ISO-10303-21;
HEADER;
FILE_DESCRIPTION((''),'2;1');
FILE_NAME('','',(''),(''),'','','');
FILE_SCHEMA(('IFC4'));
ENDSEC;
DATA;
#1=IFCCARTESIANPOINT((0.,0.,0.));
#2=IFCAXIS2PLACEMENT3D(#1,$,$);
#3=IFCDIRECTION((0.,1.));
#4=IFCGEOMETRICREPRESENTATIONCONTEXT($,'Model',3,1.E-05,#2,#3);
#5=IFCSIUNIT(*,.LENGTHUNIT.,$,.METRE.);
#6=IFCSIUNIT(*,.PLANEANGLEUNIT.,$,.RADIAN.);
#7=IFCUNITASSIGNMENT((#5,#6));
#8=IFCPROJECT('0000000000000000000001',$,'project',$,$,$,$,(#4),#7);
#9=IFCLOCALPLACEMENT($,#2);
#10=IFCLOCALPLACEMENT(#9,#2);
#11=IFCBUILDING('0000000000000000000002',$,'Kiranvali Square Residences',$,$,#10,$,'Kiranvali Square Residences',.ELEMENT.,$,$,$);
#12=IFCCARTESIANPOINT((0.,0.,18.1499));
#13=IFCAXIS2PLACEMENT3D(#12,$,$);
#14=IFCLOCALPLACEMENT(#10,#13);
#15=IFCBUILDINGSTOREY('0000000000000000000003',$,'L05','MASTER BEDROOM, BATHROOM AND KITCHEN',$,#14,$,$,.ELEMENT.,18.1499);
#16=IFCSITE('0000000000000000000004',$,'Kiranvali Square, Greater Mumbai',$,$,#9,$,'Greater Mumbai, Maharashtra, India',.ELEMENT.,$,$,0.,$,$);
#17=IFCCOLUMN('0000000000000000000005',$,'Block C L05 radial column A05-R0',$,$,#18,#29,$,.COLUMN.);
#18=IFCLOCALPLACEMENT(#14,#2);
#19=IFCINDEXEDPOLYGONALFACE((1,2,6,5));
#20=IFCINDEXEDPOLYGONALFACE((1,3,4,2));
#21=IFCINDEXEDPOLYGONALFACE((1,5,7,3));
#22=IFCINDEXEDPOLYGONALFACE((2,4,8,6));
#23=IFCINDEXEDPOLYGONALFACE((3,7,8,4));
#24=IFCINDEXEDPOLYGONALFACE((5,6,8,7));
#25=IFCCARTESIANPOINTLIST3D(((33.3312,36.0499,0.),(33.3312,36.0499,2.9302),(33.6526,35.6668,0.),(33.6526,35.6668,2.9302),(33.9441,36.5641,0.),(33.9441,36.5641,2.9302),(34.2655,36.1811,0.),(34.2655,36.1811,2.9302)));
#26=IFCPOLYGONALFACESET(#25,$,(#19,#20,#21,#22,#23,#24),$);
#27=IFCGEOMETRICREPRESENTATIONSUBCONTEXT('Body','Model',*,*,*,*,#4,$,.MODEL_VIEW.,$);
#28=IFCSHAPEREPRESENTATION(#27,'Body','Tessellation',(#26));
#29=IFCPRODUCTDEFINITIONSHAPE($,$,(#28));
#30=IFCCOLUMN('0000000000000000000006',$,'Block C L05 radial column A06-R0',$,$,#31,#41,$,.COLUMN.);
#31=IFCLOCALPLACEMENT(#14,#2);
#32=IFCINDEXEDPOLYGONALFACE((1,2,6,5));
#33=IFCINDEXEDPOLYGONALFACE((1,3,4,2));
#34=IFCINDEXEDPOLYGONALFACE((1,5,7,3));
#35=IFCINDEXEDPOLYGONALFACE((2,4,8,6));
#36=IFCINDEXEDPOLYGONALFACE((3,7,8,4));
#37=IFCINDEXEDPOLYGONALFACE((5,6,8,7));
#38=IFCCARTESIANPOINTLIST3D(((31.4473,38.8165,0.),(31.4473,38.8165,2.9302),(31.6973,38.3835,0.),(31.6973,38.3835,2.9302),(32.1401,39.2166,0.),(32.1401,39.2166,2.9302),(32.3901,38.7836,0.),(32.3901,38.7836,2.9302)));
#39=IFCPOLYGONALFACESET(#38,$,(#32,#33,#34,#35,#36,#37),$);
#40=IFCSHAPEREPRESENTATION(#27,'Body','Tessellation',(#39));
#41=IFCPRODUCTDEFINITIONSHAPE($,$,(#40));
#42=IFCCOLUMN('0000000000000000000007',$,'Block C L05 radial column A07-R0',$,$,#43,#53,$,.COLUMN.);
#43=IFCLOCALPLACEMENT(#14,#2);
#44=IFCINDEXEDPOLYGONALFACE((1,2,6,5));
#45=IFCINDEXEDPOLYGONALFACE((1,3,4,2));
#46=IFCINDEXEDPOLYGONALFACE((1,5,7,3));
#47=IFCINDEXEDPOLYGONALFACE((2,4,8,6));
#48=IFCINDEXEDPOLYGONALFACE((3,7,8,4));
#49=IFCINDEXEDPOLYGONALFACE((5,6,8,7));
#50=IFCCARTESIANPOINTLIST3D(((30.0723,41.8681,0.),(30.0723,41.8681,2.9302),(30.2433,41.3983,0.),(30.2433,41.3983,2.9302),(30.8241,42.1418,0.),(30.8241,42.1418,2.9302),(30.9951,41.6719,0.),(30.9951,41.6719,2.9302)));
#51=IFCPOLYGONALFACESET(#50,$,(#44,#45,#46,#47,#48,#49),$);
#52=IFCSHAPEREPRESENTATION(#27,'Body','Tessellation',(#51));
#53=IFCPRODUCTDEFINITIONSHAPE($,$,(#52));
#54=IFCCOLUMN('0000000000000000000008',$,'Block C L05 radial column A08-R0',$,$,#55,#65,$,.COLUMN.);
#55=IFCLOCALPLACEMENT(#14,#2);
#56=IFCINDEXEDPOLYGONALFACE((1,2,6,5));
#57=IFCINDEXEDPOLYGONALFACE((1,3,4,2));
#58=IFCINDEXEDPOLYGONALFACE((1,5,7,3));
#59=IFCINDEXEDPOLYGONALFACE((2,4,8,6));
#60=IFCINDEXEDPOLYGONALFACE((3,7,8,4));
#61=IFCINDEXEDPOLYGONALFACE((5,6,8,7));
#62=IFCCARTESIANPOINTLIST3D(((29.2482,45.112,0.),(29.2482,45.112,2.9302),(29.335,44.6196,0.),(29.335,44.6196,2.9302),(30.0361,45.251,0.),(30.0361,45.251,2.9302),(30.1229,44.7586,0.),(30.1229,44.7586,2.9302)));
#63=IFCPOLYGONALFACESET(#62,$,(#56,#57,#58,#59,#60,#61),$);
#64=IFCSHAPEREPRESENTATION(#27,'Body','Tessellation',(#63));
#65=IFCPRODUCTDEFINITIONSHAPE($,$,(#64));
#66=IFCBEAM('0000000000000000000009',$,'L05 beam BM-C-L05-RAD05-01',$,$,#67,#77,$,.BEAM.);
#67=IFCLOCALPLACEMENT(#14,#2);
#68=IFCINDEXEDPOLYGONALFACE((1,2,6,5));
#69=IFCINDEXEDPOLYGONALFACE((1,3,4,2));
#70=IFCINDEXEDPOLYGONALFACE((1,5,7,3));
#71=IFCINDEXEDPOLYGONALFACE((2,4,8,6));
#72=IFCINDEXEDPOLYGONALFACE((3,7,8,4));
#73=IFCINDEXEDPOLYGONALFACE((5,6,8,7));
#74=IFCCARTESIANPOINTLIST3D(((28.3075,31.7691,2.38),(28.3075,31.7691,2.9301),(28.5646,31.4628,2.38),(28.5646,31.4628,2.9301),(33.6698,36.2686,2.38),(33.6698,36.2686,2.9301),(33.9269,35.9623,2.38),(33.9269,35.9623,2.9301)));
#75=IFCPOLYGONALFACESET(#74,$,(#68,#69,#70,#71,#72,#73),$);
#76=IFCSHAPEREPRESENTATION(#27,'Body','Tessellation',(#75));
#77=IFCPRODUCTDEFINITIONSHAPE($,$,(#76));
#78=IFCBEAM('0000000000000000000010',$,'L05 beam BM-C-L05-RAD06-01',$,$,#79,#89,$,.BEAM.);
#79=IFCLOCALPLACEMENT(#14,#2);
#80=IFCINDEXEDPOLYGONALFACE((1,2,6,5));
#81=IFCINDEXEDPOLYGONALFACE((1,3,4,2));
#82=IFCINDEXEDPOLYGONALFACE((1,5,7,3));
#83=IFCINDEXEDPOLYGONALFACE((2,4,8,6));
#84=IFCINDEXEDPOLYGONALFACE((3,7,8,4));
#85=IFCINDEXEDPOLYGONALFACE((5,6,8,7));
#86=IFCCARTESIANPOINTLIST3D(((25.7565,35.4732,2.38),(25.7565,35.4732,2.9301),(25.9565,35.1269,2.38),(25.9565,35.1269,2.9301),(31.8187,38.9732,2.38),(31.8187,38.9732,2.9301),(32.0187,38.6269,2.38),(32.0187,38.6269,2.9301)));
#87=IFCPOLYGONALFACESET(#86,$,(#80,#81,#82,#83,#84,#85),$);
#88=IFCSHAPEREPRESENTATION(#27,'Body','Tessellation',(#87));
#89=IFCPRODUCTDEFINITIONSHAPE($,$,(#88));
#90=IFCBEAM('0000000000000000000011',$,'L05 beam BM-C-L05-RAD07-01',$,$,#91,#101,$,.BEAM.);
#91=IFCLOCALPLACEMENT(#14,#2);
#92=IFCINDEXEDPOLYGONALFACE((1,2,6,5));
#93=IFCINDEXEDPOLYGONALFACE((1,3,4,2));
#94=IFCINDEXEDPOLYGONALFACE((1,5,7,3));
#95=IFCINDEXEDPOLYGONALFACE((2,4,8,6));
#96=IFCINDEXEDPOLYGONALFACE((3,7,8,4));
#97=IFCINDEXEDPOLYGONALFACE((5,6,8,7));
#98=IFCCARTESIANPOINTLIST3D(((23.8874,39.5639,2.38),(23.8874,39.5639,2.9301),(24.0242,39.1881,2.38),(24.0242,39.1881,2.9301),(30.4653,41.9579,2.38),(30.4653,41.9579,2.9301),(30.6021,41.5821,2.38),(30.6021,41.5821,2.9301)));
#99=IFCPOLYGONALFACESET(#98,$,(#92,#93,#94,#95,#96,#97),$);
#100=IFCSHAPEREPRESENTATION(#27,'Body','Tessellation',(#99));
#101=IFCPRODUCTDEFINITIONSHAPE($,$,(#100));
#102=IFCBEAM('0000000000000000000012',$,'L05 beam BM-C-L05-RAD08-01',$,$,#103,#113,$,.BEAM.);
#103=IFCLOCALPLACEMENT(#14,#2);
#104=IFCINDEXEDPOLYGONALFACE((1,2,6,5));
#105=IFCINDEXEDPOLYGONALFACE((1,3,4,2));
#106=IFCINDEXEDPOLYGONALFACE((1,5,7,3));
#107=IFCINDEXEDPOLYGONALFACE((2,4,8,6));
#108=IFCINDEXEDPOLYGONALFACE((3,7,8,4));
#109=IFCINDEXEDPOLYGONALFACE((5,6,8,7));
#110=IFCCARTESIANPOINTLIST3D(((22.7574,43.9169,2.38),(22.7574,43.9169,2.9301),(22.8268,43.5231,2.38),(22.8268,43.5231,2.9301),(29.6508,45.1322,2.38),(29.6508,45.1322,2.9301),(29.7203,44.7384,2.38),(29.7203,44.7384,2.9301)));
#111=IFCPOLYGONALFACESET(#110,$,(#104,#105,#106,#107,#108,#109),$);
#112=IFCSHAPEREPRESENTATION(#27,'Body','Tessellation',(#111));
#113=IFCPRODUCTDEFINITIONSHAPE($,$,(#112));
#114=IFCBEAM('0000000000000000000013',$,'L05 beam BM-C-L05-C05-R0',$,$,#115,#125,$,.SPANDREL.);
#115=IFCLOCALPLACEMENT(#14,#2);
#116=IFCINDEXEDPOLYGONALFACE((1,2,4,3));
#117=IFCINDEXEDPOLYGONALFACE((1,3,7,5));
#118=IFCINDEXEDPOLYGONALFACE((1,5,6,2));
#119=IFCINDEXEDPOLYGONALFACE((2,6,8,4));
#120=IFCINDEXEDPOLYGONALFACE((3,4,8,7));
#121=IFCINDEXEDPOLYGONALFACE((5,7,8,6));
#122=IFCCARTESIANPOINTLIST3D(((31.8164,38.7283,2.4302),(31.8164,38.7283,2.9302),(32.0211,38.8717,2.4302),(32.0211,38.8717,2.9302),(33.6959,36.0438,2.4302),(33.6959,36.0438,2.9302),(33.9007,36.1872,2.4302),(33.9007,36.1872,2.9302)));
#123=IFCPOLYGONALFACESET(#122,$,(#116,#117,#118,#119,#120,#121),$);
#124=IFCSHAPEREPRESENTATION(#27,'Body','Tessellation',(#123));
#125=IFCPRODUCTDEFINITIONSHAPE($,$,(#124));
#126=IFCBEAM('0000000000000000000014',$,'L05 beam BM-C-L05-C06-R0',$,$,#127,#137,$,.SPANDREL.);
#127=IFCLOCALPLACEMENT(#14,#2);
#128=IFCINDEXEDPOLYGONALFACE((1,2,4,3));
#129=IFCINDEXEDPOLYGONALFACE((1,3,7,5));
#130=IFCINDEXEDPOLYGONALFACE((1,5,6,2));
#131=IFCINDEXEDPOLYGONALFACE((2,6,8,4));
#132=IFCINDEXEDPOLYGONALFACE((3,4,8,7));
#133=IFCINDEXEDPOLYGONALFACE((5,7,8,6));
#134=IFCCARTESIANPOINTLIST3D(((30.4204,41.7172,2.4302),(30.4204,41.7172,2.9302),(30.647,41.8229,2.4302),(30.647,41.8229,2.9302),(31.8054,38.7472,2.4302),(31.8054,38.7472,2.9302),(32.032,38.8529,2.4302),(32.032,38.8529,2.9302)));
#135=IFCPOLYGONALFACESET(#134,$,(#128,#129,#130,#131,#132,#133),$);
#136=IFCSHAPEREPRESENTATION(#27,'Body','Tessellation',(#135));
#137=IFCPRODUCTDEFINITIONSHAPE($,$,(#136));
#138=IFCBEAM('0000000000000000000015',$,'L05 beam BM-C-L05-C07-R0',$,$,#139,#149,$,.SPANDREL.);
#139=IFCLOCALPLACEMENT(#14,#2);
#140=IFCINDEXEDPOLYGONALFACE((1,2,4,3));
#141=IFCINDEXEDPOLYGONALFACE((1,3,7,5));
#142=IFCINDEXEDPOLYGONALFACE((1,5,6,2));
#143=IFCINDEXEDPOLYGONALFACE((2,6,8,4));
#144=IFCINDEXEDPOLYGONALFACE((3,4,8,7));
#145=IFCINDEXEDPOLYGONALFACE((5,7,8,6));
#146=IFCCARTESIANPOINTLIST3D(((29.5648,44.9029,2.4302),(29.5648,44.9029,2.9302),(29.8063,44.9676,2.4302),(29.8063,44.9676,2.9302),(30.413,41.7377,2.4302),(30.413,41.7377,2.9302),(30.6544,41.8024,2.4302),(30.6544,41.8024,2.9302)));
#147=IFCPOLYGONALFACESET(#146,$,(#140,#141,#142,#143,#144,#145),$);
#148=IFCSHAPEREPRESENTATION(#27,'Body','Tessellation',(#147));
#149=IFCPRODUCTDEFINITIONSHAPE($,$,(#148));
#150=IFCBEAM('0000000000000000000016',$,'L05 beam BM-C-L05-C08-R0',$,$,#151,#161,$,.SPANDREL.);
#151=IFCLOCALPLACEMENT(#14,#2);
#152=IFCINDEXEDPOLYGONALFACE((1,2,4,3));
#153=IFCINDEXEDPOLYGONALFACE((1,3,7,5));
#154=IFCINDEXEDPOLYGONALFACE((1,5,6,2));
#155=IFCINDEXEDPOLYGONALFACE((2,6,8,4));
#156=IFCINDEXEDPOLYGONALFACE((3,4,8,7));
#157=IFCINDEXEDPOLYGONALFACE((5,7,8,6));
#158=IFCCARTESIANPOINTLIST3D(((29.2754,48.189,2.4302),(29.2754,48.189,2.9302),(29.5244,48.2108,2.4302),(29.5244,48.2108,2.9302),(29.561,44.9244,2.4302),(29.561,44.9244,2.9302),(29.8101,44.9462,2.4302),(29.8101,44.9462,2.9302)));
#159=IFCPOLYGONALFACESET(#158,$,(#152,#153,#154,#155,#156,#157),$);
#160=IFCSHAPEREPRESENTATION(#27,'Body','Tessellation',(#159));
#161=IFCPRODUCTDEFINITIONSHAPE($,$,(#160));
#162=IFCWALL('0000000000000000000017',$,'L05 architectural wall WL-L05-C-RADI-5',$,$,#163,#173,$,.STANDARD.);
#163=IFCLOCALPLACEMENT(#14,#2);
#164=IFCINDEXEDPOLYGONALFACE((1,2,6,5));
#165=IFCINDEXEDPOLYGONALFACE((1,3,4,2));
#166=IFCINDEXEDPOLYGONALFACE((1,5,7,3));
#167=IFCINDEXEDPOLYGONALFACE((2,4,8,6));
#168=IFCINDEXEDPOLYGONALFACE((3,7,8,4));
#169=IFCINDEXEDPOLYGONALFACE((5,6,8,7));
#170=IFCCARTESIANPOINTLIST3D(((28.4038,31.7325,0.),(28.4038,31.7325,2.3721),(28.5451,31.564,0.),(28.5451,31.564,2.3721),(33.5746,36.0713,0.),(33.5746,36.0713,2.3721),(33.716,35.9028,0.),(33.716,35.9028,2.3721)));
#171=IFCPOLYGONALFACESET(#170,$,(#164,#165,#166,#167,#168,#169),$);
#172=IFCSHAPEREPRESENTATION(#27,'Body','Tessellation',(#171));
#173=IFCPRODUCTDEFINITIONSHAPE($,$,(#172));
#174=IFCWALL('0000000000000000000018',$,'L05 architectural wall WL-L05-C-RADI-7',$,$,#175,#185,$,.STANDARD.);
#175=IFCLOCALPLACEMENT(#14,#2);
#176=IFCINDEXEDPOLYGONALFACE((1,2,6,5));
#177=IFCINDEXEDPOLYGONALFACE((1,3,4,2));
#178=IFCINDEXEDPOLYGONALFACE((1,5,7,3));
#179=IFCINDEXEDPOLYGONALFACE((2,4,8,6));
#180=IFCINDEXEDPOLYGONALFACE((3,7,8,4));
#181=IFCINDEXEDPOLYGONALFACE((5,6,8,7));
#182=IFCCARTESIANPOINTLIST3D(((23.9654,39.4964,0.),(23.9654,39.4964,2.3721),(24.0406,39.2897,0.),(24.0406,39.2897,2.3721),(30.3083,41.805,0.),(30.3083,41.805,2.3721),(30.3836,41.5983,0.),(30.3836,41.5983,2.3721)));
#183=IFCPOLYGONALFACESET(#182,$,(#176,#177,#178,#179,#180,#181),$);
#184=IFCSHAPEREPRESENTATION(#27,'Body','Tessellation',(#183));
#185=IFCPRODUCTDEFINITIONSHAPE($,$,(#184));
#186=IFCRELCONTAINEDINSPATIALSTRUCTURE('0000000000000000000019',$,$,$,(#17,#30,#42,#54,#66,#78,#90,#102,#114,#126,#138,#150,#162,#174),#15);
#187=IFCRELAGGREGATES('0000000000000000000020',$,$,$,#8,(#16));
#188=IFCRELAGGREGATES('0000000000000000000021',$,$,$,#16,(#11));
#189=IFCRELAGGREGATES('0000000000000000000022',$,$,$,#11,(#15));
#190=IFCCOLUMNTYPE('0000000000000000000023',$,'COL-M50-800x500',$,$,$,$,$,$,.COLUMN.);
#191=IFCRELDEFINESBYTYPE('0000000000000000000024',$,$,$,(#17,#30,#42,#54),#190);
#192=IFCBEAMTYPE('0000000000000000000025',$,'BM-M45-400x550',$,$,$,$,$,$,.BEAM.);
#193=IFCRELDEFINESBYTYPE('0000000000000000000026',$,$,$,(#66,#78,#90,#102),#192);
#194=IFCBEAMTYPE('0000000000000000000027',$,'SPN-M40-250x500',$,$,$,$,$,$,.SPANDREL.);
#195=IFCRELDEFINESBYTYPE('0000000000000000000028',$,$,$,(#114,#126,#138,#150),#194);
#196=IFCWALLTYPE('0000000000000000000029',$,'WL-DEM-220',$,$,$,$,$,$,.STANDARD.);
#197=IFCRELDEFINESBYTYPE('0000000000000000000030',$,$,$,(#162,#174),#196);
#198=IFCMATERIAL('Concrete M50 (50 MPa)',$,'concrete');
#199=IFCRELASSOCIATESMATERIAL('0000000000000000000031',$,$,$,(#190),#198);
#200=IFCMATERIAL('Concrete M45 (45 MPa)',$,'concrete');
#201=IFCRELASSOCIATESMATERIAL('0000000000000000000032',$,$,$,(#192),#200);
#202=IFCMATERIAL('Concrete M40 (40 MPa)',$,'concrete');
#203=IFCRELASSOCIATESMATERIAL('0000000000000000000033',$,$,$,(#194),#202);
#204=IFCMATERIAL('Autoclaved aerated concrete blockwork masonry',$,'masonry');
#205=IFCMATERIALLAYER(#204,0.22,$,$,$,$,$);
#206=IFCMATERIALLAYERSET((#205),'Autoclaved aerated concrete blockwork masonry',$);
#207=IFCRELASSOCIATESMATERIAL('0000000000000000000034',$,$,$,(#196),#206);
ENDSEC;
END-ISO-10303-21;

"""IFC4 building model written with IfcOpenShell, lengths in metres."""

from ifc_helpers import new_model, si_unit, direction, frame, frame_2d, origin, origin_2d, place, context, subcontext, project, spatial, rectangle, extrude, material, layer, layer_set, material_profile, profile_set, type_object, element, save


model = new_model("IFC4")

# Units and contexts
model_context = context("Model", 3, precision=1e-05, world=origin(), true_north=direction((0.0, 1.0)))
body_context = subcontext(model_context, "Body", "Model", "MODEL_VIEW")
ifc_project = project(units=[si_unit("LENGTHUNIT", "METRE"), si_unit("PLANEANGLEUNIT", "RADIAN")], contexts=[model_context])

# Site, building, storey
site_placement = place(None, origin())
site = spatial("IfcSite", under=ifc_project, at=site_placement, Name="Kiranvali Square, Greater Mumbai", LongName="Greater Mumbai, Maharashtra, India", CompositionType="ELEMENT", RefElevation=0.0)
building_placement = place(site_placement, origin())
building = spatial("IfcBuilding", under=site, at=building_placement, Name="Kiranvali Square Residences", LongName="Kiranvali Square Residences", CompositionType="ELEMENT")
storey_placement = place(building_placement, frame((0.0, 0.0, 18.1499)))
storey = spatial("IfcBuildingStorey", under=building, at=storey_placement, Name="L05", Description="MASTER BEDROOM, BATHROOM AND KITCHEN", CompositionType="ELEMENT", Elevation=18.1499)

# Columns
ifc_material_1 = material(Name="Concrete M50 (50 MPa)", Category="concrete")
ifc_material_profile_1 = material_profile(ifc_material_1, rectangle(XDim=0.5, YDim=0.8, at=origin_2d()), Name="RC 800x500")
ifc_profile_set_1 = profile_set([ifc_material_profile_1], Name="Concrete M50 (50 MPa)")
column_type = type_object("IfcColumnType", Name="COL-M50-800x500", PredefinedType="COLUMN", material=ifc_profile_set_1)
for number, where, z_axis, x_axis, name in (
    (1, (33.7983, 36.1155, 0.0), (0.0, 0.0, 1.0), (-0.642788, 0.766044, 0.0), "Block C L05 radial column A05-R0"),
    (2, (31.9187, 38.8, 0.0), (0.0, 0.0, 1.0), (-0.5, 0.866025, 0.0), "Block C L05 radial column A06-R0"),
    (3, (30.5337, 41.77, 0.0), (0.0, 0.0, 1.0), (-0.34202, 0.939693, 0.0), "Block C L05 radial column A07-R0"),
    (4, (29.6855, 44.9353, 0.0), (0.0, 0.0, 1.0), (-0.173648, 0.984808, 0.0), "Block C L05 radial column A08-R0"),
):
    element("IfcColumn", number, at=place(storey_placement, frame(where, z_axis=z_axis, x_axis=x_axis)), inside=storey, type_object=column_type, Name=name, PredefinedType="COLUMN", context=body_context, shape_type="SweptSolid", body=[
        extrude(rectangle(XDim=0.5, YDim=0.8, at=origin_2d()), origin(), (0.0, 0.0, 1.0), 2.9302),
    ])

# Beams
ifc_material_2 = material(Name="Concrete M45 (45 MPa)", Category="concrete")
ifc_material_profile_2 = material_profile(ifc_material_2, rectangle(XDim=0.3999, YDim=0.55, at=origin_2d()), Name="RC 400x550")
ifc_profile_set_2 = profile_set([ifc_material_profile_2], Name="Concrete M45 (45 MPa)")
beam_type_1 = type_object("IfcBeamType", Name="BM-M45-400x550", PredefinedType="BEAM", material=ifc_profile_set_2)
for number, where, z_axis, x_axis, name in (
    (5, (33.7983, 36.1155, 2.655), (-0.766044, -0.642788, 0.0), (0.642788, -0.766044, 0.0), "L05 beam BM-C-L05-RAD05-01"),
    (6, (31.9187, 38.8, 2.655), (-0.866028, -0.499995, 0.0), (0.499995, -0.866028, 0.0), "L05 beam BM-C-L05-RAD06-01"),
    (7, (30.5337, 41.77, 2.655), (-0.939698, -0.342006, 0.0), (0.342006, -0.939698, 0.0), "L05 beam BM-C-L05-RAD07-01"),
):
    element("IfcBeam", number, at=place(storey_placement, frame(where, z_axis=z_axis, x_axis=x_axis)), inside=storey, type_object=beam_type_1, Name=name, PredefinedType="BEAM", context=body_context, shape_type="SweptSolid", body=[
        extrude(rectangle(XDim=0.3999, YDim=0.55, at=origin_2d()), origin(), (0.0, 0.0, 1.0), 7.0),
    ])
beam_1_placement = place(storey_placement, frame((29.6855, 44.9353, 2.655), z_axis=(-0.984812, -0.173622, 0.0), x_axis=(0.173622, -0.984812, 0.0)))
element("IfcBeam", 8, at=beam_1_placement, inside=storey, type_object=beam_type_1, Name="L05 beam BM-C-L05-RAD08-01", PredefinedType="BEAM", context=body_context, shape_type="SweptSolid", body=[
    extrude(rectangle(XDim=0.3999, YDim=0.55, at=origin_2d()), origin(), (0.0, 0.0, 1.0), 6.9998),
])
ifc_material_3 = material(Name="Concrete M40 (40 MPa)", Category="concrete")
ifc_material_profile_3 = material_profile(ifc_material_3, rectangle(XDim=0.25, YDim=0.5, at=origin_2d()), Name="RC 250x500")
ifc_profile_set_3 = profile_set([ifc_material_profile_3], Name="Concrete M40 (40 MPa)")
beam_type_2 = type_object("IfcBeamType", Name="SPN-M40-250x500", PredefinedType="SPANDREL", material=ifc_profile_set_3)
for number, where, z_axis, x_axis, name in (
    (9, (33.7983, 36.1155, 2.6802), (-0.573552, 0.819169, 0.0), (-0.819169, -0.573552, 0.0), "L05 beam BM-C-L05-C05-R0"),
    (10, (31.9187, 38.8, 2.6802), (-0.422641, 0.906297, 0.0), (-0.906297, -0.422641, 0.0), "L05 beam BM-C-L05-C06-R0"),
):
    element("IfcBeam", number, at=place(storey_placement, frame(where, z_axis=z_axis, x_axis=x_axis)), inside=storey, type_object=beam_type_2, Name=name, PredefinedType="SPANDREL", context=body_context, shape_type="SweptSolid", body=[
        extrude(rectangle(XDim=0.25, YDim=0.5, at=origin_2d()), origin(), (0.0, 0.0, 1.0), 3.2771),
    ])
beam_2_placement = place(storey_placement, frame((30.5337, 41.77, 2.6802), z_axis=(-0.258822, 0.965925, 0.0), x_axis=(-0.965925, -0.258822, 0.0)))
element("IfcBeam", 11, at=beam_2_placement, inside=storey, type_object=beam_type_2, Name="L05 beam BM-C-L05-C07-R0", PredefinedType="SPANDREL", context=body_context, shape_type="SweptSolid", body=[
    extrude(rectangle(XDim=0.25, YDim=0.5, at=origin_2d()), origin(), (0.0, 0.0, 1.0), 3.2769),
])
beam_3_placement = place(storey_placement, frame((29.6855, 44.9353, 2.6802), z_axis=(-0.087163, 0.996194, 0.0), x_axis=(-0.996194, -0.087163, 0.0)))
element("IfcBeam", 12, at=beam_3_placement, inside=storey, type_object=beam_type_2, Name="L05 beam BM-C-L05-C08-R0", PredefinedType="SPANDREL", context=body_context, shape_type="SweptSolid", body=[
    extrude(rectangle(XDim=0.25, YDim=0.5, at=origin_2d()), origin(), (0.0, 0.0, 1.0), 3.2771),
])

# Walls
ifc_material_4 = material(Name="Autoclaved aerated concrete blockwork masonry", Category="masonry")
ifc_layer_1 = layer(ifc_material_4, 0.22)
ifc_layer_set_1 = layer_set([ifc_layer_1], Name="Autoclaved aerated concrete blockwork masonry")
wall_type_1 = type_object("IfcWallType", Name="WL-DEM-220", PredefinedType="STANDARD", material=ifc_layer_set_1)
for number, where, z_axis, x_axis, name in (
    (13, (33.6453, 35.9871, 0.0), (0.0, 0.0, 1.0), (-0.766047, -0.642785, 0.0), "L05 architectural wall WL-L05-C-RADI-5"),
    (14, (30.3459, 41.7017, 0.0), (0.0, 0.0, 1.0), (-0.939696, -0.34201, 0.0), "L05 architectural wall WL-L05-C-RADI-7"),
):
    element("IfcWall", number, at=place(storey_placement, frame(where, z_axis=z_axis, x_axis=x_axis)), inside=storey, type_object=wall_type_1, Name=name, PredefinedType="STANDARD", context=body_context, shape_type="SweptSolid", body=[
        extrude(rectangle(XDim=6.75, YDim=0.22, at=frame_2d((3.375, 0.0))), origin(), (0.0, 0.0, 1.0), 2.3721),
    ])

save(model, "model.ifc")
